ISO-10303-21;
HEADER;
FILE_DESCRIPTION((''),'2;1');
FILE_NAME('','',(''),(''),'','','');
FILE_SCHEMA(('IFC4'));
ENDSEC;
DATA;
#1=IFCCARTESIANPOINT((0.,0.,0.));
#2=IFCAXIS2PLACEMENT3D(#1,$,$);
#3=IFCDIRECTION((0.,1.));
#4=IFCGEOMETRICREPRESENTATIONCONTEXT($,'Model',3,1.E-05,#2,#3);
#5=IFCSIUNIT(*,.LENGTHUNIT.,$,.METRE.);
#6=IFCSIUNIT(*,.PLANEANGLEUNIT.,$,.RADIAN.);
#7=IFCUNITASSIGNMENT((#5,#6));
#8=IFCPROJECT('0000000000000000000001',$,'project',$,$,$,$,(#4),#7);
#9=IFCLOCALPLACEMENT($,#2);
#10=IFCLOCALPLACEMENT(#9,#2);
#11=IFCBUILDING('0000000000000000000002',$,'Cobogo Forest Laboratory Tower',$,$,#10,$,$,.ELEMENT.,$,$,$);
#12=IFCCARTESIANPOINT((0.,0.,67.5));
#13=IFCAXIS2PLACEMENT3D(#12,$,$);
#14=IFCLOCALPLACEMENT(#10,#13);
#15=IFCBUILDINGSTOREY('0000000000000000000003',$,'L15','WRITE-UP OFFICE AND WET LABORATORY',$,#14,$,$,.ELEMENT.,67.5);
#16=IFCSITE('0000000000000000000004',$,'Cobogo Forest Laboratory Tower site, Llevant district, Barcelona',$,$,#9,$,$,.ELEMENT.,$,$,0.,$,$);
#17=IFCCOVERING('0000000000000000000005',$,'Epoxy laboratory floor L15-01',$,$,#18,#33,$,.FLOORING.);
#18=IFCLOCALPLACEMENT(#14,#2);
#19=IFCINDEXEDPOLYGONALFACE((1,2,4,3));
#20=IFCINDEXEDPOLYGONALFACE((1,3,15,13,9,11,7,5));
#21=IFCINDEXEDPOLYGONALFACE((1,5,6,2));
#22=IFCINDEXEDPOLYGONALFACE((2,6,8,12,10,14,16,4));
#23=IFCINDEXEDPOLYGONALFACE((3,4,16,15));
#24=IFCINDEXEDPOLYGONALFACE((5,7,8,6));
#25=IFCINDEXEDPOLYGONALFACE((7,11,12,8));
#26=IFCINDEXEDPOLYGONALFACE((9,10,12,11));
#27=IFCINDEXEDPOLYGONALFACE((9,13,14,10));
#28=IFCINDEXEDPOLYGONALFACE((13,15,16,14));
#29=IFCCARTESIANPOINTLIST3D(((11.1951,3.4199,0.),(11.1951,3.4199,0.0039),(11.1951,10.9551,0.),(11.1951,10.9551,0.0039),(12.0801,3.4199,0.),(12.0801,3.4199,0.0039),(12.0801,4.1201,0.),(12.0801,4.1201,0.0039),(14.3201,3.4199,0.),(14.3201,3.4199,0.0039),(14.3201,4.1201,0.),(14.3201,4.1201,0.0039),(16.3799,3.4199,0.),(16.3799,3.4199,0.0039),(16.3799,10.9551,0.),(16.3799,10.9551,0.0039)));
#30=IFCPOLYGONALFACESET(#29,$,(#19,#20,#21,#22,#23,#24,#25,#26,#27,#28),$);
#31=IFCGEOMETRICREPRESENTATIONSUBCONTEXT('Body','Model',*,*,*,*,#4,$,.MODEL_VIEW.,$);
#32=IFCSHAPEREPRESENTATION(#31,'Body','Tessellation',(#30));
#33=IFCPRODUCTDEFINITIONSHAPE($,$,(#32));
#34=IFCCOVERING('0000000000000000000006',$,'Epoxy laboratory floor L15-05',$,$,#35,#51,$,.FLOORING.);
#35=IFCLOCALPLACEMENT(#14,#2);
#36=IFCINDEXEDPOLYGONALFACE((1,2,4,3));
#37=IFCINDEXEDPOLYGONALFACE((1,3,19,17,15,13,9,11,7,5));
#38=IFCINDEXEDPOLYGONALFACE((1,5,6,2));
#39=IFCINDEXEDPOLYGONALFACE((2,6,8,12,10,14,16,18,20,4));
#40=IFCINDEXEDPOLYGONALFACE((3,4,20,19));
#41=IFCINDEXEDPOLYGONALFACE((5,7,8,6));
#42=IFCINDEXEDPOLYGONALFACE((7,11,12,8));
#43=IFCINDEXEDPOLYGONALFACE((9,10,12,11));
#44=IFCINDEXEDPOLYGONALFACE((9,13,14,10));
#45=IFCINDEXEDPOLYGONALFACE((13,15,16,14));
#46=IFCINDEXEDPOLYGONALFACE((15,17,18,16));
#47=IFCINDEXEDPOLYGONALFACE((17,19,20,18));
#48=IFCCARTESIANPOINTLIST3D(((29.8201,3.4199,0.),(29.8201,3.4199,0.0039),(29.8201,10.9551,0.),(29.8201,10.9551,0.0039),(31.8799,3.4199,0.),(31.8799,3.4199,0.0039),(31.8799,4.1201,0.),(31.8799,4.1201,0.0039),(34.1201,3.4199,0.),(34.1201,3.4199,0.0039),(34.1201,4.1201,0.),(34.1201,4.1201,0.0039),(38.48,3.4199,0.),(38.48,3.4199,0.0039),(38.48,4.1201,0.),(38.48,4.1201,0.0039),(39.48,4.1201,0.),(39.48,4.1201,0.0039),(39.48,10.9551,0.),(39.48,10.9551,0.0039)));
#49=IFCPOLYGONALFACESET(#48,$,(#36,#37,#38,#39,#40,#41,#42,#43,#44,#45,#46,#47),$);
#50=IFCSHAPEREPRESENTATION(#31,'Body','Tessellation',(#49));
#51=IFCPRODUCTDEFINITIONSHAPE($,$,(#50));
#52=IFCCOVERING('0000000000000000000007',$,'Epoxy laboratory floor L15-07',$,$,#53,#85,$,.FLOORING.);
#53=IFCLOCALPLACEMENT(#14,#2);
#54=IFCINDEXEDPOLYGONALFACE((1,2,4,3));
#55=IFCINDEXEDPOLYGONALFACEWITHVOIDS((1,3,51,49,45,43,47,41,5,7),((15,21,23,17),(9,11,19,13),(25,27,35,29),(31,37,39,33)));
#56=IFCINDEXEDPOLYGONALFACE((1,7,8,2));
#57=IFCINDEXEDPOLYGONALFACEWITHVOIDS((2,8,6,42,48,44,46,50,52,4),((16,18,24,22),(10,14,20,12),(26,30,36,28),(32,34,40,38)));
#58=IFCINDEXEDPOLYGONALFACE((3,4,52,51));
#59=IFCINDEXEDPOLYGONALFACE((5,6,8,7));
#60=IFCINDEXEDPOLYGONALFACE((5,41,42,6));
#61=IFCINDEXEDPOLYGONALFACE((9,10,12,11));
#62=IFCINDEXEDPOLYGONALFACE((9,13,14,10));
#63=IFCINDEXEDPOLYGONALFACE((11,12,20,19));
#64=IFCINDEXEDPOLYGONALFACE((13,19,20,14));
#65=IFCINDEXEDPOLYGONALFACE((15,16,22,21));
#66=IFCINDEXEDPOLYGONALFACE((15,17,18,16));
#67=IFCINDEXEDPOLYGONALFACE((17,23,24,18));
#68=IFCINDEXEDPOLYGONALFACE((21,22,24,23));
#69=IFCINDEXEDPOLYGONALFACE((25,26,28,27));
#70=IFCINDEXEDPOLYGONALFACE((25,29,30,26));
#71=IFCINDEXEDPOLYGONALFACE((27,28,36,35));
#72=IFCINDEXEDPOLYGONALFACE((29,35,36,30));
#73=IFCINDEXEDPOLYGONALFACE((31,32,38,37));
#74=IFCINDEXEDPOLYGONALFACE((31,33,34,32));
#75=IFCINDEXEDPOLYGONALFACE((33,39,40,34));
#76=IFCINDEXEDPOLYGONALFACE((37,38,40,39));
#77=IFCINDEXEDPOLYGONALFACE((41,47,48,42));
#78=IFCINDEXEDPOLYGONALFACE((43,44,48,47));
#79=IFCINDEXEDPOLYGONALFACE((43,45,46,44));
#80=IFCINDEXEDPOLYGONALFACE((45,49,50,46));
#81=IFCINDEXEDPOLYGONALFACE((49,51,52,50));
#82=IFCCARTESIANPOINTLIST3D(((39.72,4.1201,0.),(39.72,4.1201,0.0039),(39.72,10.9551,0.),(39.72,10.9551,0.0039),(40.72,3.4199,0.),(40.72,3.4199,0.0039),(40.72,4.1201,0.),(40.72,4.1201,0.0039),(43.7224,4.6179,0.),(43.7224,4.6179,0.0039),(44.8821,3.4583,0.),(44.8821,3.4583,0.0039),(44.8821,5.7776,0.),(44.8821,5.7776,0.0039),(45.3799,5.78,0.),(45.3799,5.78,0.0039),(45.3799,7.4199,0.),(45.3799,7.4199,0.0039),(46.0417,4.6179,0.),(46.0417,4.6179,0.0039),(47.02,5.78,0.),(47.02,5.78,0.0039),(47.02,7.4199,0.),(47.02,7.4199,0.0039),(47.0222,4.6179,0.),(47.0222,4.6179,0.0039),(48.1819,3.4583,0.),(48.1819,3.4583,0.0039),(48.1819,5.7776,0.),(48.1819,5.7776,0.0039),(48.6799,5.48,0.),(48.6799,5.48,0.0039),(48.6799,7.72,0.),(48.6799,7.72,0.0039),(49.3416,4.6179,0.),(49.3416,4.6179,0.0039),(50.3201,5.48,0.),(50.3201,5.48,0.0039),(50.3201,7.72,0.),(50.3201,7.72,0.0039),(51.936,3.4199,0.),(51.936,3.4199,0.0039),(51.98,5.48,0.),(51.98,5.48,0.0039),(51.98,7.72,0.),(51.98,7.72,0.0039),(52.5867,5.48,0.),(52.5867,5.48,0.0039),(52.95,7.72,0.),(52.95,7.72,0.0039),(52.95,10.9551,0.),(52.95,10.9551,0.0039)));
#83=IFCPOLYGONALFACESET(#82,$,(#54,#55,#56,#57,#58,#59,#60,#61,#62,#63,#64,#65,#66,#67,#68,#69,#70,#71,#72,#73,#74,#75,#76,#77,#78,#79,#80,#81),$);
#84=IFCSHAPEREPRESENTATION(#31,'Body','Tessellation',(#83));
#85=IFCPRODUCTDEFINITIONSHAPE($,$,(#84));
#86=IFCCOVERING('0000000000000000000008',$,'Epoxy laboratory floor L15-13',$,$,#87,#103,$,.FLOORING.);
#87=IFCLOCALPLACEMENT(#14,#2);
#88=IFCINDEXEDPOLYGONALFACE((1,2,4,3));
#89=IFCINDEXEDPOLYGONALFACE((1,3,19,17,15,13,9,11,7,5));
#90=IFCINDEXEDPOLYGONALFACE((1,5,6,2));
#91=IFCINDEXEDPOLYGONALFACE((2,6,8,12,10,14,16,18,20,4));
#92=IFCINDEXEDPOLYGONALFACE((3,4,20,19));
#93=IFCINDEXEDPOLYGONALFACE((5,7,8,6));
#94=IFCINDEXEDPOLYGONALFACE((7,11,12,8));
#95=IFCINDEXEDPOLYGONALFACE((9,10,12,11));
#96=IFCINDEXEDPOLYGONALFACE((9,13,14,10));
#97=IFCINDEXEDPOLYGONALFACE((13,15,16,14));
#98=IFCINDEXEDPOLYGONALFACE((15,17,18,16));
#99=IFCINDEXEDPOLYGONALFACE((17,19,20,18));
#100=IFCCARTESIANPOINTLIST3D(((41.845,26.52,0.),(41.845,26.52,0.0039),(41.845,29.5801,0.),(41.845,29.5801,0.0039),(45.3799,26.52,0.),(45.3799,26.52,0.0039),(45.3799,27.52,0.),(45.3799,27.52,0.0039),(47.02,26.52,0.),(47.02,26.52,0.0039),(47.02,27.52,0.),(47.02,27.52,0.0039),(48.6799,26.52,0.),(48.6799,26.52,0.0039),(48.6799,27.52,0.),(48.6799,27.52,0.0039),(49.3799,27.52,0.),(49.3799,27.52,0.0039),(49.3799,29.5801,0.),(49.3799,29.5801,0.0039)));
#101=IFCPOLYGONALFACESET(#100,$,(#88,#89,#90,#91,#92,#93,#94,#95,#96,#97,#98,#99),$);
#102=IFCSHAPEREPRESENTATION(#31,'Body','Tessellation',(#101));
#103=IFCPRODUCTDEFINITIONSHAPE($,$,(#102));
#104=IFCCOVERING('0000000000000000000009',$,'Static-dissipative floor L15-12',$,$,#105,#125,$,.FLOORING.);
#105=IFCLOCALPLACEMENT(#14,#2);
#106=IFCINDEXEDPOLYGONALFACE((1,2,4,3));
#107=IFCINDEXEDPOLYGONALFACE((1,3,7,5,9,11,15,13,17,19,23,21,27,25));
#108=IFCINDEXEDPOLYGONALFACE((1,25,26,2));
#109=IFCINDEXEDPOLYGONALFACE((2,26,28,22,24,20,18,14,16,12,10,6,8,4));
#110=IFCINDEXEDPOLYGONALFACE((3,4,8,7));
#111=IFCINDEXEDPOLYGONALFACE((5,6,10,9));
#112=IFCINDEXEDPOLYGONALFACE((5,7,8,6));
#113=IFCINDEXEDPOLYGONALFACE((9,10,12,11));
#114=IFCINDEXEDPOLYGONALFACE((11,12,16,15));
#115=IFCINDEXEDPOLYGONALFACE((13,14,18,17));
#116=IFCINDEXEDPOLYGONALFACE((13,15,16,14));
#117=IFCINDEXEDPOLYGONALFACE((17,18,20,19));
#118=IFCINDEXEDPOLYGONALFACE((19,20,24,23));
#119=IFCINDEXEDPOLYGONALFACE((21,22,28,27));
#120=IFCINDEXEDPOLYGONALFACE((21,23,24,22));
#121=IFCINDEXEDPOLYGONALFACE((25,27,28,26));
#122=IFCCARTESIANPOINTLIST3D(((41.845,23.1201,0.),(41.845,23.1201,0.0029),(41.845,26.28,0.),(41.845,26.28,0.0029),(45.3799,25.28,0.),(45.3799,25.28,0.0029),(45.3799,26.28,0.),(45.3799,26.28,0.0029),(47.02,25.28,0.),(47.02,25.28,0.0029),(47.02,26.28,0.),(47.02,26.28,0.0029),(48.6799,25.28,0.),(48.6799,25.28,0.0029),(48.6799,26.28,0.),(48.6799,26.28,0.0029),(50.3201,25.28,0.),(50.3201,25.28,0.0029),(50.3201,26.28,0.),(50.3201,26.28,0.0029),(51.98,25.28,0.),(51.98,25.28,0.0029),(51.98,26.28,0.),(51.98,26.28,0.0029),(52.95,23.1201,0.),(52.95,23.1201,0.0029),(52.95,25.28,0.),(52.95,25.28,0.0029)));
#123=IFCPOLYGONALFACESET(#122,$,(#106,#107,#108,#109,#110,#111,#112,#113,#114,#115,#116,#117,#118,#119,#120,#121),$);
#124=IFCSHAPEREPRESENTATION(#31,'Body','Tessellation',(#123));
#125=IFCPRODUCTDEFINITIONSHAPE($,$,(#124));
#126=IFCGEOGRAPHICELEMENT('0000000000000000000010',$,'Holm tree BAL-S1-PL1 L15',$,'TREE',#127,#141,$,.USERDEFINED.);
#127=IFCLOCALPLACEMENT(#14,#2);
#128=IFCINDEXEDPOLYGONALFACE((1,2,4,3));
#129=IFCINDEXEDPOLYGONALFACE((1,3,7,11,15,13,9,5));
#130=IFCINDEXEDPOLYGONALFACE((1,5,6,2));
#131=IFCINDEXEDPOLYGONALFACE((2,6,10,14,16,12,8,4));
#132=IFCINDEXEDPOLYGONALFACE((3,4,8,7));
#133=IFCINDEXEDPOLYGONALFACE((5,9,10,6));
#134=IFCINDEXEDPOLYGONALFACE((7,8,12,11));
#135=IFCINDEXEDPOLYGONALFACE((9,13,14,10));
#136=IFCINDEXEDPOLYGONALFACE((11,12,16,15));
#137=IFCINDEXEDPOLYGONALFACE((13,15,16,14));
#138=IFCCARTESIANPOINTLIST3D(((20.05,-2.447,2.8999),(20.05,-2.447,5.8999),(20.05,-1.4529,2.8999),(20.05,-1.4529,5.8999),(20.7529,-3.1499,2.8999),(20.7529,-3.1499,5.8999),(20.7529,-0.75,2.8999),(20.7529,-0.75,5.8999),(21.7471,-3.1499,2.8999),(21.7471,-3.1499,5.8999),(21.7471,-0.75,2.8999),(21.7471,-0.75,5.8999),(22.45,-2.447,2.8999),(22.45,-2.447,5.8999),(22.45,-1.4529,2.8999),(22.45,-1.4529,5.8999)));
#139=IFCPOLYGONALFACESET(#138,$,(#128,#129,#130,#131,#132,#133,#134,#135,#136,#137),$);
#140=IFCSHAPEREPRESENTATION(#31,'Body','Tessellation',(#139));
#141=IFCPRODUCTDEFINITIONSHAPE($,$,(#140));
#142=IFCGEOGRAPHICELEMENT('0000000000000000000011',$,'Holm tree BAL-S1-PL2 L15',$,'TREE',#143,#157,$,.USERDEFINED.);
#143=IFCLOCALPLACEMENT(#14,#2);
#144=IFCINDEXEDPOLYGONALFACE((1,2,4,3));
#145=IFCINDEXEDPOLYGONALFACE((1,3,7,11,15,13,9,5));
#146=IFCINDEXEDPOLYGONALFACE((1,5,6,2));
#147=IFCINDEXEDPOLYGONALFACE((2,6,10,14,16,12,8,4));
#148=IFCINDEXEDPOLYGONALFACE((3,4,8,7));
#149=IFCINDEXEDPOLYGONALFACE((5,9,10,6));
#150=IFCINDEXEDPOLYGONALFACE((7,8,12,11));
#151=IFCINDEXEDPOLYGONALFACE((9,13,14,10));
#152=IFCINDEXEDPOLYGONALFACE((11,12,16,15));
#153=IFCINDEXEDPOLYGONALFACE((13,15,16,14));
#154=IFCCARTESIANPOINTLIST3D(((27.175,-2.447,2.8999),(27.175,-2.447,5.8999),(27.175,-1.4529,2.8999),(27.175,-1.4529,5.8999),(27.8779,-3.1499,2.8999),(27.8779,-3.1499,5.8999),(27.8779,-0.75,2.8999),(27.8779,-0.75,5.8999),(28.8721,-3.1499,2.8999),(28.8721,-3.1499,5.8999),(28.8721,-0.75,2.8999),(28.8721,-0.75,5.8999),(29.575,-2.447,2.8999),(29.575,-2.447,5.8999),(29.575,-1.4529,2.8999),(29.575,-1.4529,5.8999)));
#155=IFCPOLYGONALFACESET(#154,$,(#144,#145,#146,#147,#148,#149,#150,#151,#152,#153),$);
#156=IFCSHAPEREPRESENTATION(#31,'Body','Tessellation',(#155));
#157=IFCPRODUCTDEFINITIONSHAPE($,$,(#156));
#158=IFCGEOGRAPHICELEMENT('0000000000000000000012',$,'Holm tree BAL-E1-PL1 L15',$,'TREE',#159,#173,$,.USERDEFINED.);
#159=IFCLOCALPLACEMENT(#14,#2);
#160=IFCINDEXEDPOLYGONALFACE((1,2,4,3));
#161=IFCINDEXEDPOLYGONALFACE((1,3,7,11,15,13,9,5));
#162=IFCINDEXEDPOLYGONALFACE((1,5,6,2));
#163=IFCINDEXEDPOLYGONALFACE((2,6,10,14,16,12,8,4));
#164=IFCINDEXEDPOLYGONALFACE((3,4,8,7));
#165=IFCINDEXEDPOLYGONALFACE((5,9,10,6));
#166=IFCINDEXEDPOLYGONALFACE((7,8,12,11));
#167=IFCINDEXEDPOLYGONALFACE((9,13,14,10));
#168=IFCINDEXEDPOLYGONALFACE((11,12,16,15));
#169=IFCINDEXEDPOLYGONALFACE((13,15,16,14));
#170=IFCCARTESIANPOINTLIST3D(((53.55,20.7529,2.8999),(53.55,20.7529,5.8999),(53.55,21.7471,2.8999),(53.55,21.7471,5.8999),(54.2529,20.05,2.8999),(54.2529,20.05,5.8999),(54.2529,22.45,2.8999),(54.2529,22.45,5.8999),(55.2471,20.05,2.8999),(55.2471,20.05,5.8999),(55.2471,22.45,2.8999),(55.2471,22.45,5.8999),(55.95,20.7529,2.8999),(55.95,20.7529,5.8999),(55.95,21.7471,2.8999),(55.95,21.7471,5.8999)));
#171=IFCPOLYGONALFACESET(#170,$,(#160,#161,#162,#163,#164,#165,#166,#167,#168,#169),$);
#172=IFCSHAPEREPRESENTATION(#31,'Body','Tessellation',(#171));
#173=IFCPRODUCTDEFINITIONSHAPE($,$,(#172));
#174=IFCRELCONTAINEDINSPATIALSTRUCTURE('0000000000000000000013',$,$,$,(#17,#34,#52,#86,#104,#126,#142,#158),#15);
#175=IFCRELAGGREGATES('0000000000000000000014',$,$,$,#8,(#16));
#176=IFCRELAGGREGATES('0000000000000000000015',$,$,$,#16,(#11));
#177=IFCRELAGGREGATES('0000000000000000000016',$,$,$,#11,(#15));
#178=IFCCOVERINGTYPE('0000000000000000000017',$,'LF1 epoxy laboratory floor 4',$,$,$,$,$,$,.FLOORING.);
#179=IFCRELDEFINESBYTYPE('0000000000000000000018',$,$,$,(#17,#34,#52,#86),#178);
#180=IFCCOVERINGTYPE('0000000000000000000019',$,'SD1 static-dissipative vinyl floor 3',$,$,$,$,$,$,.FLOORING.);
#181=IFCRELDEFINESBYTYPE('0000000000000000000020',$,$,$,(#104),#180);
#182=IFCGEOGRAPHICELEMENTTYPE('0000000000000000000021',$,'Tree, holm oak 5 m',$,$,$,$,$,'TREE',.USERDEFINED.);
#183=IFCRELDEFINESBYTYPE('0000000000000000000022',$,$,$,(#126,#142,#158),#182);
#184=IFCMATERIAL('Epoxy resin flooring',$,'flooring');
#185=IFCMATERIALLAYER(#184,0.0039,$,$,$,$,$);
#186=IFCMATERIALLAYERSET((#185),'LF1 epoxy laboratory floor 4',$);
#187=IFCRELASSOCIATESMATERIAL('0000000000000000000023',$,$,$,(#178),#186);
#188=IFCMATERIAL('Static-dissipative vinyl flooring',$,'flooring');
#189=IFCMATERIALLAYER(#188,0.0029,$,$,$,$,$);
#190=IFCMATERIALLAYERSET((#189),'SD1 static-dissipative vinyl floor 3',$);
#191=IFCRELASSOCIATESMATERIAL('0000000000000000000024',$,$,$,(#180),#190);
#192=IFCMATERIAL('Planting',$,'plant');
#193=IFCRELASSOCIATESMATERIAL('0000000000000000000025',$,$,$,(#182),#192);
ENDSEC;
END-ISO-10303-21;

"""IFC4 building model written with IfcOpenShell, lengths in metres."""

from ifc_helpers import new_model, si_unit, direction, frame, origin, place, context, subcontext, project, spatial, polyline, outline, extrude, material, layer, layer_set, type_object, element, save


model = new_model("IFC4")

# Units and contexts
model_context = context("Model", 3, precision=1e-05, world=origin(), true_north=direction((0.0, 1.0)))
body_context = subcontext(model_context, "Body", "Model", "MODEL_VIEW")
ifc_project = project(units=[si_unit("LENGTHUNIT", "METRE"), si_unit("PLANEANGLEUNIT", "RADIAN")], contexts=[model_context])

# Site, building, storey
site_placement = place(None, origin())
site = spatial("IfcSite", under=ifc_project, at=site_placement, Name="Cobogo Forest Laboratory Tower site, Llevant district, Barcelona", CompositionType="ELEMENT", RefElevation=0.0)
building_placement = place(site_placement, origin())
building = spatial("IfcBuilding", under=site, at=building_placement, Name="Cobogo Forest Laboratory Tower", CompositionType="ELEMENT")
storey_placement = place(building_placement, frame((0.0, 0.0, 67.5)))
storey = spatial("IfcBuildingStorey", under=building, at=storey_placement, Name="L15", Description="WRITE-UP OFFICE AND WET LABORATORY", CompositionType="ELEMENT", Elevation=67.5)

# Coverings
ifc_material_1 = material(Name="Epoxy resin flooring", Category="flooring")
ifc_layer_1 = layer(ifc_material_1, 0.0039)
ifc_layer_set_1 = layer_set([ifc_layer_1], Name="LF1 epoxy laboratory floor 4")
covering_type_1 = type_object("IfcCoveringType", Name="LF1 epoxy laboratory floor 4", PredefinedType="FLOORING", material=ifc_layer_set_1)
covering_1_placement = place(storey_placement, origin())
element("IfcCovering", 1, at=covering_1_placement, inside=storey, type_object=covering_type_1, Name="Epoxy laboratory floor L15-01", PredefinedType="FLOORING", context=body_context, shape_type="SweptSolid", body=[
    extrude(outline(polyline([(11.1951, 10.9551), (16.3799, 10.9551), (16.3799, 3.4199), (14.3201, 3.4199), (14.3201, 4.1201), (12.0801, 4.1201), (12.0801, 3.4199), (11.1951, 3.4199), (11.1951, 10.9551)])), origin(), (0.0, 0.0, 1.0), 0.0039),
])
covering_2_placement = place(storey_placement, origin())
element("IfcCovering", 2, at=covering_2_placement, inside=storey, type_object=covering_type_1, Name="Epoxy laboratory floor L15-05", PredefinedType="FLOORING", context=body_context, shape_type="SweptSolid", body=[
    extrude(outline(polyline([(29.8201, 10.9551), (39.48, 10.9551), (39.48, 4.1201), (38.48, 4.1201), (38.48, 3.4199), (34.1201, 3.4199), (34.1201, 4.1201), (31.8799, 4.1201), (31.8799, 3.4199), (29.8201, 3.4199), (29.8201, 10.9551)])), origin(), (0.0, 0.0, 1.0), 0.0039),
])
covering_3_placement = place(storey_placement, origin())
element("IfcCovering", 3, at=covering_3_placement, inside=storey, type_object=covering_type_1, Name="Epoxy laboratory floor L15-07", PredefinedType="FLOORING", context=body_context, shape_type="SweptSolid", body=[
    extrude(outline(polyline([(39.72, 10.9551), (52.95, 10.9551), (52.95, 7.72), (51.98, 7.72), (51.98, 5.48), (52.5867, 5.48), (51.936, 3.4199), (40.72, 3.4199), (40.72, 4.1201), (39.72, 4.1201), (39.72, 10.9551)]), holes=[polyline([(48.6799, 5.48), (50.3201, 5.48), (50.3201, 7.72), (48.6799, 7.72), (48.6799, 5.48)]), polyline([(48.1819, 5.7776), (47.0222, 4.6179), (48.1819, 3.4583), (49.3416, 4.6179), (48.1819, 5.7776)]), polyline([(45.3799, 7.4199), (45.3799, 5.78), (47.02, 5.78), (47.02, 7.4199), (45.3799, 7.4199)]), polyline([(44.8821, 5.7776), (43.7224, 4.6179), (44.8821, 3.4583), (46.0417, 4.6179), (44.8821, 5.7776)])]), origin(), (0.0, 0.0, 1.0), 0.0039),
])
covering_4_placement = place(storey_placement, origin())
element("IfcCovering", 4, at=covering_4_placement, inside=storey, type_object=covering_type_1, Name="Epoxy laboratory floor L15-13", PredefinedType="FLOORING", context=body_context, shape_type="SweptSolid", body=[
    extrude(outline(polyline([(41.845, 29.5801), (49.3799, 29.5801), (49.3799, 27.52), (48.6799, 27.52), (48.6799, 26.52), (47.02, 26.52), (47.02, 27.52), (45.3799, 27.52), (45.3799, 26.52), (41.845, 26.52), (41.845, 29.5801)])), origin(), (0.0, 0.0, 1.0), 0.0039),
])
ifc_material_2 = material(Name="Static-dissipative vinyl flooring", Category="flooring")
ifc_layer_2 = layer(ifc_material_2, 0.0029)
ifc_layer_set_2 = layer_set([ifc_layer_2], Name="SD1 static-dissipative vinyl floor 3")
covering_type_2 = type_object("IfcCoveringType", Name="SD1 static-dissipative vinyl floor 3", PredefinedType="FLOORING", material=ifc_layer_set_2)
covering_5_placement = place(storey_placement, origin())
element("IfcCovering", 5, at=covering_5_placement, inside=storey, type_object=covering_type_2, Name="Static-dissipative floor L15-12", PredefinedType="FLOORING", context=body_context, shape_type="SweptSolid", body=[
    extrude(outline(polyline([(41.845, 26.28), (45.3799, 26.28), (45.3799, 25.28), (47.02, 25.28), (47.02, 26.28), (48.6799, 26.28), (48.6799, 25.28), (50.3201, 25.28), (50.3201, 26.28), (51.98, 26.28), (51.98, 25.28), (52.95, 25.28), (52.95, 23.1201), (41.845, 23.1201), (41.845, 26.28)])), origin(), (0.0, 0.0, 1.0), 0.0029),
])

# Geographic elements
ifc_material_3 = material(Name="Planting", Category="plant")
geographic_element_type = type_object("IfcGeographicElementType", Name="Tree, holm oak 5 m", ElementType="TREE", PredefinedType="USERDEFINED", material=ifc_material_3)
geographic_element_1_placement = place(storey_placement, frame((0.0, 0.0, 2.8999)))
element("IfcGeographicElement", 6, at=geographic_element_1_placement, inside=storey, type_object=geographic_element_type, Name="Holm tree BAL-S1-PL1 L15", ObjectType="TREE", PredefinedType="USERDEFINED", context=body_context, shape_type="SweptSolid", body=[
    extrude(outline(polyline([(22.45, -2.447), (22.45, -1.4529), (21.7471, -0.75), (20.7529, -0.75), (20.05, -1.4529), (20.05, -2.447), (20.7529, -3.1499), (21.7471, -3.1499), (22.45, -2.447)])), origin(), (0.0, 0.0, 1.0), 3.0),
])
geographic_element_2_placement = place(storey_placement, frame((0.0, 0.0, 2.8999)))
element("IfcGeographicElement", 7, at=geographic_element_2_placement, inside=storey, type_object=geographic_element_type, Name="Holm tree BAL-S1-PL2 L15", ObjectType="TREE", PredefinedType="USERDEFINED", context=body_context, shape_type="SweptSolid", body=[
    extrude(outline(polyline([(29.575, -2.447), (29.575, -1.4529), (28.8721, -0.75), (27.8779, -0.75), (27.175, -1.4529), (27.175, -2.447), (27.8779, -3.1499), (28.8721, -3.1499), (29.575, -2.447)])), origin(), (0.0, 0.0, 1.0), 3.0),
])
geographic_element_3_placement = place(storey_placement, frame((0.0, 0.0, 2.8999)))
element("IfcGeographicElement", 8, at=geographic_element_3_placement, inside=storey, type_object=geographic_element_type, Name="Holm tree BAL-E1-PL1 L15", ObjectType="TREE", PredefinedType="USERDEFINED", context=body_context, shape_type="SweptSolid", body=[
    extrude(outline(polyline([(55.95, 20.7529), (55.95, 21.7471), (55.2471, 22.45), (54.2529, 22.45), (53.55, 21.7471), (53.55, 20.7529), (54.2529, 20.05), (55.2471, 20.05), (55.95, 20.7529)])), origin(), (0.0, 0.0, 1.0), 3.0),
])

save(model, "model.ifc")
